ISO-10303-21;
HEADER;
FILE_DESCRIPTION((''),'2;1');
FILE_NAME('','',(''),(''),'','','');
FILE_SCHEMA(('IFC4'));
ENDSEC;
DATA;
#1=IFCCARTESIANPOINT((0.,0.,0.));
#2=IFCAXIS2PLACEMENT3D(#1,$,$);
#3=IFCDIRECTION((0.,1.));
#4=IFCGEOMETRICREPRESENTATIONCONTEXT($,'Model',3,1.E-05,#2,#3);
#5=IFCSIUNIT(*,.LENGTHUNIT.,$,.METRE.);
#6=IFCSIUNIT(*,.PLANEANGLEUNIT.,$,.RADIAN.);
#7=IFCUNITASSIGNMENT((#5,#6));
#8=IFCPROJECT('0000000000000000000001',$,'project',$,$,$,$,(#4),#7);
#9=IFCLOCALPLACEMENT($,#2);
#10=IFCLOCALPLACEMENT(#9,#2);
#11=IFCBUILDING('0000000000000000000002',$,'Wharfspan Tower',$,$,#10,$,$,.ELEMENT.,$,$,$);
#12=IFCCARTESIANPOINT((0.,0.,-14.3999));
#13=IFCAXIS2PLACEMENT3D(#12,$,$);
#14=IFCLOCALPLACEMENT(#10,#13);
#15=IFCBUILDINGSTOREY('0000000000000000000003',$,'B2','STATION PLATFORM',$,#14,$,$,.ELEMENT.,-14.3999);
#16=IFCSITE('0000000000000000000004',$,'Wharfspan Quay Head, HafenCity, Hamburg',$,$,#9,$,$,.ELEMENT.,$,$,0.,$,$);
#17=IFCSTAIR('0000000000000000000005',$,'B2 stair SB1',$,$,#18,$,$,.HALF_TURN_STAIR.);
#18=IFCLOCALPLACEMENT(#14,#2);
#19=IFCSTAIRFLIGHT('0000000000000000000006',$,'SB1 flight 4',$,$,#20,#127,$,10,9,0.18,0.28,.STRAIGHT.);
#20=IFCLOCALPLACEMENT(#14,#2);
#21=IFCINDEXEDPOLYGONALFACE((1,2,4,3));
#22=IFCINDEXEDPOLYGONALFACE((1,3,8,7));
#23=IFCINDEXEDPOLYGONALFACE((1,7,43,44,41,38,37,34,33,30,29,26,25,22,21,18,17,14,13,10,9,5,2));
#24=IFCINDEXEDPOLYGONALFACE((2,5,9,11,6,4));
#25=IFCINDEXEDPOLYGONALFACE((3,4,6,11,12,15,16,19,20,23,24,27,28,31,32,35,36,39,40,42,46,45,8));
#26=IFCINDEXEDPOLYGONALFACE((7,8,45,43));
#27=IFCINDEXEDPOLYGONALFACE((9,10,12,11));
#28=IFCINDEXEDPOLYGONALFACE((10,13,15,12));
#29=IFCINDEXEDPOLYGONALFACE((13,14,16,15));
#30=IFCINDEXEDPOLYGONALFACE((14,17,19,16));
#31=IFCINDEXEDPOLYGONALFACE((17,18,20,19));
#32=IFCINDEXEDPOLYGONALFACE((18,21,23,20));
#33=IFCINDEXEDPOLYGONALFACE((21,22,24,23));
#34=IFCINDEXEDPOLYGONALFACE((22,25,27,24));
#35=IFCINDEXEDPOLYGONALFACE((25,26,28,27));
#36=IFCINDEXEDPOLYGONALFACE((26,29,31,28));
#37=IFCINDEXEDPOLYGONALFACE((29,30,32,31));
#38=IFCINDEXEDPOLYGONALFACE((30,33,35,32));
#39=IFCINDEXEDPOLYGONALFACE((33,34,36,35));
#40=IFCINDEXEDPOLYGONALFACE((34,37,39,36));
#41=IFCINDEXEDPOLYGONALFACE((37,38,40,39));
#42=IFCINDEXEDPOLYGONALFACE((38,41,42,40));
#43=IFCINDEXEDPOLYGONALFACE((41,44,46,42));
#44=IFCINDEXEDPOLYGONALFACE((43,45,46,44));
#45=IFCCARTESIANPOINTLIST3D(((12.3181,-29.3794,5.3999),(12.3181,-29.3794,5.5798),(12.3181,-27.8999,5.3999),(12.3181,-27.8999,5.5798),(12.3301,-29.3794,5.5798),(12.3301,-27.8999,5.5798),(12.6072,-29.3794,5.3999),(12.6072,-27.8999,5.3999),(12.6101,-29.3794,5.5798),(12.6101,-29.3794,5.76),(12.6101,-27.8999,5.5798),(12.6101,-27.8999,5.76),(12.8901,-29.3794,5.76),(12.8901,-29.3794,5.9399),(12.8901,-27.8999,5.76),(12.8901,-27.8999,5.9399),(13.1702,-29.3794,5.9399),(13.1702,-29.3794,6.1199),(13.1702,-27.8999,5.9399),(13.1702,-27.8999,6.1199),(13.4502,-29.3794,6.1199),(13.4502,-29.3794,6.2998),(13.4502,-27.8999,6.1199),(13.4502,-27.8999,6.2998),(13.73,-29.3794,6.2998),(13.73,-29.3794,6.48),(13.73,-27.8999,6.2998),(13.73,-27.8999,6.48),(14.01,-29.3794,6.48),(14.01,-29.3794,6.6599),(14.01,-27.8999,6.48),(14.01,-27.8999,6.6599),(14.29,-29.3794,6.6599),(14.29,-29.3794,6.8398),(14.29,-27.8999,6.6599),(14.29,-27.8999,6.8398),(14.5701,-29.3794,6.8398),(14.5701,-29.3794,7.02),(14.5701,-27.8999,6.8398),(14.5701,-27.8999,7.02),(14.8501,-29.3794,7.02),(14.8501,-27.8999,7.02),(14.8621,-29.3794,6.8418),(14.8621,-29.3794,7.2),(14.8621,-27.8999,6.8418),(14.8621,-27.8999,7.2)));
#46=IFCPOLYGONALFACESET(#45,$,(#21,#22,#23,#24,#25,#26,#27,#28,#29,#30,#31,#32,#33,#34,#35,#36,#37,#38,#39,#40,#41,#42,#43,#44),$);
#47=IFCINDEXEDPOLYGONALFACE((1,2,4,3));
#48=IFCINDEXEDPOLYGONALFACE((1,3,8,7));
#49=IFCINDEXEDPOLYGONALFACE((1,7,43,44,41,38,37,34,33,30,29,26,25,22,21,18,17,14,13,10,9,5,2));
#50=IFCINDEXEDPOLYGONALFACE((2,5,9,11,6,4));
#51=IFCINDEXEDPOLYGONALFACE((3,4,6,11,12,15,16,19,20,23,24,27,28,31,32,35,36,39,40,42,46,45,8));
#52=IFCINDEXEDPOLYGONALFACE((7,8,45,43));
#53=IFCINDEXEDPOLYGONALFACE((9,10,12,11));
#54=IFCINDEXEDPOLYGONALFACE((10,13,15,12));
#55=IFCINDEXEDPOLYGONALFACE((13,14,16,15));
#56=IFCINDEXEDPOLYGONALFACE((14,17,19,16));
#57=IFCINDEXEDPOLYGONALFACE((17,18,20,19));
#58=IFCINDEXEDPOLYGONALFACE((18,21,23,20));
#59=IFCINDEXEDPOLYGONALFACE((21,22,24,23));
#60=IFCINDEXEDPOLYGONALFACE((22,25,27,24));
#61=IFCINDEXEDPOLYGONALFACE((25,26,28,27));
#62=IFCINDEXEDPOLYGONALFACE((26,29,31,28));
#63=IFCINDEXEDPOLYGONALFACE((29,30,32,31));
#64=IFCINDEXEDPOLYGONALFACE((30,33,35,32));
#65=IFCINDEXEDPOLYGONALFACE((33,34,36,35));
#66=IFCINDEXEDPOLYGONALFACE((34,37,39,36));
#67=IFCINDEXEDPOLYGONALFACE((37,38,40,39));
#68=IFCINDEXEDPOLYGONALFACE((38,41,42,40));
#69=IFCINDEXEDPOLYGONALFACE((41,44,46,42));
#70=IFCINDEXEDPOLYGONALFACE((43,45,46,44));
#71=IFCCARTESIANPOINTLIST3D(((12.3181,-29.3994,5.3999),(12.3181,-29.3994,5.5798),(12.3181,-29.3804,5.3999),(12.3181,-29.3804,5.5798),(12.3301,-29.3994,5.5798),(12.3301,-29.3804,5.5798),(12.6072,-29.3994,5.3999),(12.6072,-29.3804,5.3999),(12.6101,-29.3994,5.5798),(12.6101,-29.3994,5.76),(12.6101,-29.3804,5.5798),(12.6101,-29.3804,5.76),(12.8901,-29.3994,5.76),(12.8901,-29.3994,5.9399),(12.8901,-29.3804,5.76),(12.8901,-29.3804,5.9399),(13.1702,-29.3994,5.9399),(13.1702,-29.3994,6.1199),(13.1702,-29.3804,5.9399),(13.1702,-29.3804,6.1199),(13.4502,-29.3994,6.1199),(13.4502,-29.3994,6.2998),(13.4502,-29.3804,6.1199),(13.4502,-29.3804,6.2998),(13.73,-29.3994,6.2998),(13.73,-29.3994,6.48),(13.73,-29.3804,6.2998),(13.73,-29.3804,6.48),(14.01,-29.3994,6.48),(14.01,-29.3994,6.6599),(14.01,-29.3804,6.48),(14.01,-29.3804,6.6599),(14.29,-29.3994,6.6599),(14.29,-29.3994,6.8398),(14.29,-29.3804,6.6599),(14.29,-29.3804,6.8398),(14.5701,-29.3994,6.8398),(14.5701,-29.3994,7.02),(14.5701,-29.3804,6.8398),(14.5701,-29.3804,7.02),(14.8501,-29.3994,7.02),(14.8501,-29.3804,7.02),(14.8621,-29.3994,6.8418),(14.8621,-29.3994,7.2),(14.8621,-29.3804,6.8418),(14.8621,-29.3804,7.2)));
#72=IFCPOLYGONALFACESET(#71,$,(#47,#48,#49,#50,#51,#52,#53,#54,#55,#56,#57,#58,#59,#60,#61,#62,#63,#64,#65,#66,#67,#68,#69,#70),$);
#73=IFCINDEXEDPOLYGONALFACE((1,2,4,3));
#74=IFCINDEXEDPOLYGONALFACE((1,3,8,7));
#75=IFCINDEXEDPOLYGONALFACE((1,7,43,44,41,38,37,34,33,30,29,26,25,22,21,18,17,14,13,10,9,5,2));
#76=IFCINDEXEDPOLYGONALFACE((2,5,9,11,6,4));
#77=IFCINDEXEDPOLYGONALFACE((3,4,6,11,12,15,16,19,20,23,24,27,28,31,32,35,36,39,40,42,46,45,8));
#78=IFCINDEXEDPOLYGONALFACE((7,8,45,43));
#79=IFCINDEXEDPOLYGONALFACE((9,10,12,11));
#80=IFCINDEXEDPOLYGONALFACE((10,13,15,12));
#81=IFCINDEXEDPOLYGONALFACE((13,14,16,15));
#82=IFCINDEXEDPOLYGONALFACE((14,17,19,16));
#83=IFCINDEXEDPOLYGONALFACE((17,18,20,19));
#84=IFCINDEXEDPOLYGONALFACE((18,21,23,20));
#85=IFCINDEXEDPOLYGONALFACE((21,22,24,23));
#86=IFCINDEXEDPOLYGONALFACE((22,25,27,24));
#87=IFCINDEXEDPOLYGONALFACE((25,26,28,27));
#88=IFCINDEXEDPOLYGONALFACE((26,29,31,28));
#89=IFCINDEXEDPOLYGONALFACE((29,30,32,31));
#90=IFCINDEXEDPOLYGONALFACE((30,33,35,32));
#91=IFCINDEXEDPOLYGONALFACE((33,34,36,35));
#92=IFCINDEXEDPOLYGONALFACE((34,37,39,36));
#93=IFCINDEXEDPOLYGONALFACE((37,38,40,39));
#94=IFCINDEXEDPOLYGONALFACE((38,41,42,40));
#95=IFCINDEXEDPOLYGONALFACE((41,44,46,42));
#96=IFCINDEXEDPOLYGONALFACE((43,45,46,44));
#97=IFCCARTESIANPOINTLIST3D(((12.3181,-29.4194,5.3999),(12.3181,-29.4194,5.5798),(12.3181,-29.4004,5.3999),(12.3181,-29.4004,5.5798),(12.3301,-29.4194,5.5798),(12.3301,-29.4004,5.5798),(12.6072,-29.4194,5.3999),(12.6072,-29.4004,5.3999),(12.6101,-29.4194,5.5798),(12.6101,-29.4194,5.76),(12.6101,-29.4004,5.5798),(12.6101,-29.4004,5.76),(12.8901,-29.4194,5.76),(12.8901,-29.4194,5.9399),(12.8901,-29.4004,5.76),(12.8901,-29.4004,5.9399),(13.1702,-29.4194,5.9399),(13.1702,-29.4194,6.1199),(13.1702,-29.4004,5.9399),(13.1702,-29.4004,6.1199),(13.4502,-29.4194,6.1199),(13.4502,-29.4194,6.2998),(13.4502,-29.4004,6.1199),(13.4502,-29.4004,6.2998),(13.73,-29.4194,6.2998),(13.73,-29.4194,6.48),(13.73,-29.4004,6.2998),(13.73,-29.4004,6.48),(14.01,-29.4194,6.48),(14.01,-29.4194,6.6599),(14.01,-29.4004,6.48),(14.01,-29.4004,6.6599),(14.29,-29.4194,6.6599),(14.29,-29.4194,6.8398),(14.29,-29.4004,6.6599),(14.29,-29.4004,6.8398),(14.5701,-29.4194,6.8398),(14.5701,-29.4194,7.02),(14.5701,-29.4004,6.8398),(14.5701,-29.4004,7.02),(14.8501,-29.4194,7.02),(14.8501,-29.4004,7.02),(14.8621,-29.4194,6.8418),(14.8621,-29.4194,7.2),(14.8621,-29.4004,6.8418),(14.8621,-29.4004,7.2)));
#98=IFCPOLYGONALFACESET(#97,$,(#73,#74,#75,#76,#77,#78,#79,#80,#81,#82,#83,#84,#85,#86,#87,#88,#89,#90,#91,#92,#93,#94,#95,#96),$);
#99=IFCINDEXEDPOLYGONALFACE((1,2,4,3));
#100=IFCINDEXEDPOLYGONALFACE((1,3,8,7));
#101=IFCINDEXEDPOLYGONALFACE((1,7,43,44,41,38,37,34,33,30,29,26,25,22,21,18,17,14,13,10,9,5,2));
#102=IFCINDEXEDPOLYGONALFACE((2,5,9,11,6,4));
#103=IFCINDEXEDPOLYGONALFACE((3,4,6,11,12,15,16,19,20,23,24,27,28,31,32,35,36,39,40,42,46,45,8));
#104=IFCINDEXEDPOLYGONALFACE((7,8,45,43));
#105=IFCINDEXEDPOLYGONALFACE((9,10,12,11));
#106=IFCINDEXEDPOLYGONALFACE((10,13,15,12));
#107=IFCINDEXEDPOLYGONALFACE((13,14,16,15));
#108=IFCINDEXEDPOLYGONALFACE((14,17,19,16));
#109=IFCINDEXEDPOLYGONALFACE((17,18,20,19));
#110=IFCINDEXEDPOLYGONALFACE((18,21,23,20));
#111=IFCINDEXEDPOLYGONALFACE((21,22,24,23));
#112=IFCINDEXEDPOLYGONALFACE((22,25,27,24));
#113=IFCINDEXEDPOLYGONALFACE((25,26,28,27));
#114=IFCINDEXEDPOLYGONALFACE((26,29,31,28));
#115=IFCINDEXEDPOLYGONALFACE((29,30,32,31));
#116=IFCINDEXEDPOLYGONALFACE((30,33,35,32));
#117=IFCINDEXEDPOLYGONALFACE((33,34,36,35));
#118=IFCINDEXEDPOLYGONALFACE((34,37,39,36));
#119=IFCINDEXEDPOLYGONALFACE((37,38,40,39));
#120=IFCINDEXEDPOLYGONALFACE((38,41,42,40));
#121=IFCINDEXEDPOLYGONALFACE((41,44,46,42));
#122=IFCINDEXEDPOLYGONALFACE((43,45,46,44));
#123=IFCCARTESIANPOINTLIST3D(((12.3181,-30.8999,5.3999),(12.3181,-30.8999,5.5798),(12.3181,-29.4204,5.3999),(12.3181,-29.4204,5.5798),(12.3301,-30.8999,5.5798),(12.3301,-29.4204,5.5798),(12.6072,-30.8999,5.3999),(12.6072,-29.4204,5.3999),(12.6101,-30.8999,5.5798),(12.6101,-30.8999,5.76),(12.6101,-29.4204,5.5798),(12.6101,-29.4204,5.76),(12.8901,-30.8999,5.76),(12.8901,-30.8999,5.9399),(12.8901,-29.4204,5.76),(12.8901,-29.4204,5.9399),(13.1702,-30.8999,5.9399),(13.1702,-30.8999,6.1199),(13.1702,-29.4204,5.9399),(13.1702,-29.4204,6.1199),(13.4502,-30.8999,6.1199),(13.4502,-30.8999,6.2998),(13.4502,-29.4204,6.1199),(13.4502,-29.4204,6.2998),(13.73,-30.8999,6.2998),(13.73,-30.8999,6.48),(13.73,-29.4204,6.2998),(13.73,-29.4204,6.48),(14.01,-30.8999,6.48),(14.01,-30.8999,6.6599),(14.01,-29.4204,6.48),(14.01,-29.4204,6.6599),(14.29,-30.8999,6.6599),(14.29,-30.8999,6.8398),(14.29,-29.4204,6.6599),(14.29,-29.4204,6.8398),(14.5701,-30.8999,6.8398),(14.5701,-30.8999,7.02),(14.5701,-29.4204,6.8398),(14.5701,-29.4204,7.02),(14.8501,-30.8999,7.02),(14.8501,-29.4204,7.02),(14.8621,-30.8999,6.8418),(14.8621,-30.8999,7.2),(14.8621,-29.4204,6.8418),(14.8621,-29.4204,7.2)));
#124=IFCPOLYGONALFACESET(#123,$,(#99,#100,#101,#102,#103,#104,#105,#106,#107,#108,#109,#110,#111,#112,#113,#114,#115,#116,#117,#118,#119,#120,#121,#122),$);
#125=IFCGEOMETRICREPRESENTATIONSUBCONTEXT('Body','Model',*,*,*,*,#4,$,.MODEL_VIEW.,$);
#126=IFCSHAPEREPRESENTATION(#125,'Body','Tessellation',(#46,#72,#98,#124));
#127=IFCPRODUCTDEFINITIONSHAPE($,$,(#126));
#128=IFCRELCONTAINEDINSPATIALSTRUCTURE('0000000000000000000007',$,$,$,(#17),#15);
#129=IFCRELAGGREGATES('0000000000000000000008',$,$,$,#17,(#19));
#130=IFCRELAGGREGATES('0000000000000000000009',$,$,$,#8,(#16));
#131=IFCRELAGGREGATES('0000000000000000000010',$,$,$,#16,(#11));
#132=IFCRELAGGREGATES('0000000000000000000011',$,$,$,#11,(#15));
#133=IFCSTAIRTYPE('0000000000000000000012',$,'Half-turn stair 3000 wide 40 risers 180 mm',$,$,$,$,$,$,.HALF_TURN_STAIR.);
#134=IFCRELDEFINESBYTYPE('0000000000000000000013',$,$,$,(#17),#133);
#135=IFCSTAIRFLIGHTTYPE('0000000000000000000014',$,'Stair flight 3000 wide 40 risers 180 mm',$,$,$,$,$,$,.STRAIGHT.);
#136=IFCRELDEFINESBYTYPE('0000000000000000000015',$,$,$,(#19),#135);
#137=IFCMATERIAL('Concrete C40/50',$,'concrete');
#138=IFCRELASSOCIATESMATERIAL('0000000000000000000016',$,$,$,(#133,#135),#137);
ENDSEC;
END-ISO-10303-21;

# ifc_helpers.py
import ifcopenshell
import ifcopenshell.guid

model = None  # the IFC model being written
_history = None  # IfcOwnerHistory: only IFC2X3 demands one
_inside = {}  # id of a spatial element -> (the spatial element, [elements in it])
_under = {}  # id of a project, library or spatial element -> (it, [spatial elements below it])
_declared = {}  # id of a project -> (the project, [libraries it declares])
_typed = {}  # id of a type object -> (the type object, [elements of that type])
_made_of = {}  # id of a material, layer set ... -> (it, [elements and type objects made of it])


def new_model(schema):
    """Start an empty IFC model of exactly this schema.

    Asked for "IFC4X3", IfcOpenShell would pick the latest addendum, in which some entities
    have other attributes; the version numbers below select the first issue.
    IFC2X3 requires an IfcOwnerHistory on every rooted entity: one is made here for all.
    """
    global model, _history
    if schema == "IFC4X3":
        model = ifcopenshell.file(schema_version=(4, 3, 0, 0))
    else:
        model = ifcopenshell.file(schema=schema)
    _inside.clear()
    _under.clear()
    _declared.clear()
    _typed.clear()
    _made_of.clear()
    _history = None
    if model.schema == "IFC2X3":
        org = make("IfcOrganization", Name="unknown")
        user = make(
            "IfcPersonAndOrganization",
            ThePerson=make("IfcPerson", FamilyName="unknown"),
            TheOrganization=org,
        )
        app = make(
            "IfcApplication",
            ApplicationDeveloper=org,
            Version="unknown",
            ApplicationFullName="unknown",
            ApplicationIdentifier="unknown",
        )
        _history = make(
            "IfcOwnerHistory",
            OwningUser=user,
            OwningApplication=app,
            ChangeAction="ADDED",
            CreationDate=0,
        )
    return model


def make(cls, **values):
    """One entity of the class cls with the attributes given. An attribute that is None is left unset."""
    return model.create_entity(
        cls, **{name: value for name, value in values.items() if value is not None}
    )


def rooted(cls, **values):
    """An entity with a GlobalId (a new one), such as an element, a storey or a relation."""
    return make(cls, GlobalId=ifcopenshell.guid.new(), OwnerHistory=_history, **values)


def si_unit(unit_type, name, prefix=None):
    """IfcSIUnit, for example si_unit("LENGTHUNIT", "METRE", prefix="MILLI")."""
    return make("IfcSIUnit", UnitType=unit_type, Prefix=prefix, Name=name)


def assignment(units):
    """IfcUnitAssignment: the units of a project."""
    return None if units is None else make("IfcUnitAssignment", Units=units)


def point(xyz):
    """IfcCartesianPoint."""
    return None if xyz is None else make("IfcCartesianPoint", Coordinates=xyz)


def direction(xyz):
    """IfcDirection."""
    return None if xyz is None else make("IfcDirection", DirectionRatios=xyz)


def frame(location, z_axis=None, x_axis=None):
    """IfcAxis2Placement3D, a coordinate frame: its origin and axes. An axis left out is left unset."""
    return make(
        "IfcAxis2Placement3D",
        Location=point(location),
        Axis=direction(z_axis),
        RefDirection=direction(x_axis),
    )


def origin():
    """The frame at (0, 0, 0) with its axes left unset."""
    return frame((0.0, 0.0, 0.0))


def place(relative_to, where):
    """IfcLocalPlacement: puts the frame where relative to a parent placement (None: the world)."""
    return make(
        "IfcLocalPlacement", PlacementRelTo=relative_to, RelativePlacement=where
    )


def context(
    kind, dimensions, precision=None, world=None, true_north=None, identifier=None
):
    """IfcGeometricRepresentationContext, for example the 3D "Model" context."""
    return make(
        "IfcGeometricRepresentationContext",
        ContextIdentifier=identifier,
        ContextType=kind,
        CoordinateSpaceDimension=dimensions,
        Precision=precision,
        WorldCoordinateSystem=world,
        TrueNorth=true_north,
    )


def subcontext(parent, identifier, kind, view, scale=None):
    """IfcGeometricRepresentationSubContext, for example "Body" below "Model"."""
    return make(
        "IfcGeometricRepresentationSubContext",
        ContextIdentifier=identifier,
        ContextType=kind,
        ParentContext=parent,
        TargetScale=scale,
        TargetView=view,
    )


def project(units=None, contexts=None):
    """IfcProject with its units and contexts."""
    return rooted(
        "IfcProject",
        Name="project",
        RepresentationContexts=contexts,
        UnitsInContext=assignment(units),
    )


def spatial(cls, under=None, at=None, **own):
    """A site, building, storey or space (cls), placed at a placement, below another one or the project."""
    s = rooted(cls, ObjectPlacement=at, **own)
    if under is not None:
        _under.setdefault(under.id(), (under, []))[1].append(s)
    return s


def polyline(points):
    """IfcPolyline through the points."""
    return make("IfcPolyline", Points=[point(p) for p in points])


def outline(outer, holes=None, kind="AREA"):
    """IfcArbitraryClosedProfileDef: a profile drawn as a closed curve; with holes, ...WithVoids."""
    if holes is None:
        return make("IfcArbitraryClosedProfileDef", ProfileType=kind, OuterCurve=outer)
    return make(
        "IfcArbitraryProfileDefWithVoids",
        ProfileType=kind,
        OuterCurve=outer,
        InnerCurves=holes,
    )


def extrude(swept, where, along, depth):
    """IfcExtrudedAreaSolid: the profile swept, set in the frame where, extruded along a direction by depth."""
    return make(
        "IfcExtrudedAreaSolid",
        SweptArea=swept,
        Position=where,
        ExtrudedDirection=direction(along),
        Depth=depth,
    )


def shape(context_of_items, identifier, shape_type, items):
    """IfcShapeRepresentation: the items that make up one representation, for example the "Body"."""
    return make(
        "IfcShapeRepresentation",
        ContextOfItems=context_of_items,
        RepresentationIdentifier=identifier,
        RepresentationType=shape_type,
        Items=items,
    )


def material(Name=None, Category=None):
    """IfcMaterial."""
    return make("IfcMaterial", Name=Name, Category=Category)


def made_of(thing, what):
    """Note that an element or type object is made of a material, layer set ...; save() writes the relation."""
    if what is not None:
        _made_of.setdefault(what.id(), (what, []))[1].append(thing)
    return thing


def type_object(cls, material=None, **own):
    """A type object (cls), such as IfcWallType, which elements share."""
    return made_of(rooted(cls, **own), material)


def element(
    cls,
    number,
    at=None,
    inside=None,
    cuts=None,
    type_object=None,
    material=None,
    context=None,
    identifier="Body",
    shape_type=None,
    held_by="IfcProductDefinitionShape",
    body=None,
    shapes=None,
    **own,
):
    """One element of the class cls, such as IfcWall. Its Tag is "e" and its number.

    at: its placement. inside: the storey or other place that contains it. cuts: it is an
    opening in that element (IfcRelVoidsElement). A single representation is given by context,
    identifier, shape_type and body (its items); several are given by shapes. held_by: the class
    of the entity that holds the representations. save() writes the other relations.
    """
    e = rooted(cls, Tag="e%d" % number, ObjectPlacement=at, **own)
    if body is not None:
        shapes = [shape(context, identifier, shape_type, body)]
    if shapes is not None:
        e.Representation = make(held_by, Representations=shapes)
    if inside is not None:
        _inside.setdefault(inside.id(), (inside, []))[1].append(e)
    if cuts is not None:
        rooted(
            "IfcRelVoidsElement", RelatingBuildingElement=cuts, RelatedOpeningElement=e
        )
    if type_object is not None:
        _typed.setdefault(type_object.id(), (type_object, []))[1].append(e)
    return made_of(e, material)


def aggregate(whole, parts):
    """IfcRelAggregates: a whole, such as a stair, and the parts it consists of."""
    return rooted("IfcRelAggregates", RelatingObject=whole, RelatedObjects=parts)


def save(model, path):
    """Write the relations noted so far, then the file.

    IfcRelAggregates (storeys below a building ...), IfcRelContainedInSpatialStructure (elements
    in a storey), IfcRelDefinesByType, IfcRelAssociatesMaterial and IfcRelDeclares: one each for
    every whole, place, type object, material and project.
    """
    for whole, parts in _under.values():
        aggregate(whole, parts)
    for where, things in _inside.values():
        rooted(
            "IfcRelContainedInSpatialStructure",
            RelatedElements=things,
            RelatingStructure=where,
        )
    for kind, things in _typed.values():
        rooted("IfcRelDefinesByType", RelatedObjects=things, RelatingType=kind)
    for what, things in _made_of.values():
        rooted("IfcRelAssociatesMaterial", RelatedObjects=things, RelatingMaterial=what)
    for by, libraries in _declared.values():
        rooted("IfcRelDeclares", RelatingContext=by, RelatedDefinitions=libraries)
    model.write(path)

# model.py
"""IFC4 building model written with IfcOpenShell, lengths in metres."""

from ifc_helpers import new_model, si_unit, direction, frame, origin, place, context, subcontext, project, spatial, polyline, outline, extrude, material, type_object, element, aggregate, save


model = new_model("IFC4")

# Units and contexts
model_context = context("Model", 3, precision=1e-05, world=origin(), true_north=direction((0.0, 1.0)))
body_context = subcontext(model_context, "Body", "Model", "MODEL_VIEW")
ifc_project = project(units=[si_unit("LENGTHUNIT", "METRE"), si_unit("PLANEANGLEUNIT", "RADIAN")], contexts=[model_context])

# Site, building, storey
site_placement = place(None, origin())
site = spatial("IfcSite", under=ifc_project, at=site_placement, Name="Wharfspan Quay Head, HafenCity, Hamburg", CompositionType="ELEMENT", RefElevation=0.0)
building_placement = place(site_placement, origin())
building = spatial("IfcBuilding", under=site, at=building_placement, Name="Wharfspan Tower", CompositionType="ELEMENT")
storey_placement = place(building_placement, frame((0.0, 0.0, -14.3999)))
storey = spatial("IfcBuildingStorey", under=building, at=storey_placement, Name="B2", Description="STATION PLATFORM", CompositionType="ELEMENT", Elevation=-14.3999)

# Shared definitions
ifc_material_1 = material(Name="Concrete C40/50", Category="concrete")

# Stair, stair flight
stair_type = type_object("IfcStairType", Name="Half-turn stair 3000 wide 40 risers 180 mm", PredefinedType="HALF_TURN_STAIR", material=ifc_material_1)
stair_placement = place(storey_placement, origin())
stair = element("IfcStair", 1, at=stair_placement, inside=storey, type_object=stair_type, Name="B2 stair SB1", PredefinedType="HALF_TURN_STAIR")
stair_flight_type = type_object("IfcStairFlightType", Name="Stair flight 3000 wide 40 risers 180 mm", PredefinedType="STRAIGHT", material=ifc_material_1)
stair_flight_1_placement = place(storey_placement, frame((12.3301, -29.3999, 5.3999), z_axis=(0.0, 0.0, 1.0), x_axis=(1.0, 0.0, 0.0)))
stair_flight_1 = element("IfcStairFlight", 2, at=stair_flight_1_placement, type_object=stair_flight_type, Name="SB1 flight 4", NumberOfRisers=10, NumberOfTreads=9, PredefinedType="STRAIGHT", RiserHeight=0.18, TreadLength=0.28, context=body_context, shape_type="SweptSolid", body=[
    extrude(outline(polyline([(-0.012, 0.0), (-0.012, 0.1799), (0.0, 0.1799), (0.28, 0.1799), (0.28, 0.3601), (0.5601, 0.3601), (0.5601, 0.54), (0.8401, 0.54), (0.8401, 0.72), (1.1201, 0.72), (1.1201, 0.8999), (1.3999, 0.8999), (1.3999, 1.0801), (1.6799, 1.0801), (1.6799, 1.26), (1.96, 1.26), (1.96, 1.4399), (2.24, 1.4399), (2.24, 1.6201), (2.52, 1.6201), (2.532, 1.8), (2.532, 1.4419), (0.2771, 0.0), (-0.012, 0.0)])), frame((0.0, 1.5, 0.0), z_axis=(0.0, -1.0, 0.0), x_axis=(1.0, 0.0, 0.0)), (0.0, 0.0, 1.0), 1.4795),
    extrude(outline(polyline([(-0.012, 0.0), (-0.012, 0.1799), (0.0, 0.1799), (0.28, 0.1799), (0.28, 0.3601), (0.5601, 0.3601), (0.5601, 0.54), (0.8401, 0.54), (0.8401, 0.72), (1.1201, 0.72), (1.1201, 0.8999), (1.3999, 0.8999), (1.3999, 1.0801), (1.6799, 1.0801), (1.6799, 1.26), (1.96, 1.26), (1.96, 1.4399), (2.24, 1.4399), (2.24, 1.6201), (2.52, 1.6201), (2.532, 1.8), (2.532, 1.4419), (0.2771, 0.0), (-0.012, 0.0)])), frame((0.0, 0.0195, 0.0), z_axis=(0.0, -1.0, 0.0), x_axis=(1.0, 0.0, 0.0)), (0.0, 0.0, 1.0), 0.019),
    extrude(outline(polyline([(-0.012, 0.0), (-0.012, 0.1799), (0.0, 0.1799), (0.28, 0.1799), (0.28, 0.3601), (0.5601, 0.3601), (0.5601, 0.54), (0.8401, 0.54), (0.8401, 0.72), (1.1201, 0.72), (1.1201, 0.8999), (1.3999, 0.8999), (1.3999, 1.0801), (1.6799, 1.0801), (1.6799, 1.26), (1.96, 1.26), (1.96, 1.4399), (2.24, 1.4399), (2.24, 1.6201), (2.52, 1.6201), (2.532, 1.8), (2.532, 1.4419), (0.2771, 0.0), (-0.012, 0.0)])), frame((0.0, -0.0005, 0.0), z_axis=(0.0, -1.0, 0.0), x_axis=(1.0, 0.0, 0.0)), (0.0, 0.0, 1.0), 0.019),
    extrude(outline(polyline([(-0.012, 0.0), (-0.012, 0.1799), (0.0, 0.1799), (0.28, 0.1799), (0.28, 0.3601), (0.5601, 0.3601), (0.5601, 0.54), (0.8401, 0.54), (0.8401, 0.72), (1.1201, 0.72), (1.1201, 0.8999), (1.3999, 0.8999), (1.3999, 1.0801), (1.6799, 1.0801), (1.6799, 1.26), (1.96, 1.26), (1.96, 1.4399), (2.24, 1.4399), (2.24, 1.6201), (2.52, 1.6201), (2.532, 1.8), (2.532, 1.4419), (0.2771, 0.0), (-0.012, 0.0)])), frame((0.0, -0.0205, 0.0), z_axis=(0.0, -1.0, 0.0), x_axis=(1.0, 0.0, 0.0)), (0.0, 0.0, 1.0), 1.4795),
])
aggregate(stair, [stair_flight_1])

save(model, "model.ifc")
